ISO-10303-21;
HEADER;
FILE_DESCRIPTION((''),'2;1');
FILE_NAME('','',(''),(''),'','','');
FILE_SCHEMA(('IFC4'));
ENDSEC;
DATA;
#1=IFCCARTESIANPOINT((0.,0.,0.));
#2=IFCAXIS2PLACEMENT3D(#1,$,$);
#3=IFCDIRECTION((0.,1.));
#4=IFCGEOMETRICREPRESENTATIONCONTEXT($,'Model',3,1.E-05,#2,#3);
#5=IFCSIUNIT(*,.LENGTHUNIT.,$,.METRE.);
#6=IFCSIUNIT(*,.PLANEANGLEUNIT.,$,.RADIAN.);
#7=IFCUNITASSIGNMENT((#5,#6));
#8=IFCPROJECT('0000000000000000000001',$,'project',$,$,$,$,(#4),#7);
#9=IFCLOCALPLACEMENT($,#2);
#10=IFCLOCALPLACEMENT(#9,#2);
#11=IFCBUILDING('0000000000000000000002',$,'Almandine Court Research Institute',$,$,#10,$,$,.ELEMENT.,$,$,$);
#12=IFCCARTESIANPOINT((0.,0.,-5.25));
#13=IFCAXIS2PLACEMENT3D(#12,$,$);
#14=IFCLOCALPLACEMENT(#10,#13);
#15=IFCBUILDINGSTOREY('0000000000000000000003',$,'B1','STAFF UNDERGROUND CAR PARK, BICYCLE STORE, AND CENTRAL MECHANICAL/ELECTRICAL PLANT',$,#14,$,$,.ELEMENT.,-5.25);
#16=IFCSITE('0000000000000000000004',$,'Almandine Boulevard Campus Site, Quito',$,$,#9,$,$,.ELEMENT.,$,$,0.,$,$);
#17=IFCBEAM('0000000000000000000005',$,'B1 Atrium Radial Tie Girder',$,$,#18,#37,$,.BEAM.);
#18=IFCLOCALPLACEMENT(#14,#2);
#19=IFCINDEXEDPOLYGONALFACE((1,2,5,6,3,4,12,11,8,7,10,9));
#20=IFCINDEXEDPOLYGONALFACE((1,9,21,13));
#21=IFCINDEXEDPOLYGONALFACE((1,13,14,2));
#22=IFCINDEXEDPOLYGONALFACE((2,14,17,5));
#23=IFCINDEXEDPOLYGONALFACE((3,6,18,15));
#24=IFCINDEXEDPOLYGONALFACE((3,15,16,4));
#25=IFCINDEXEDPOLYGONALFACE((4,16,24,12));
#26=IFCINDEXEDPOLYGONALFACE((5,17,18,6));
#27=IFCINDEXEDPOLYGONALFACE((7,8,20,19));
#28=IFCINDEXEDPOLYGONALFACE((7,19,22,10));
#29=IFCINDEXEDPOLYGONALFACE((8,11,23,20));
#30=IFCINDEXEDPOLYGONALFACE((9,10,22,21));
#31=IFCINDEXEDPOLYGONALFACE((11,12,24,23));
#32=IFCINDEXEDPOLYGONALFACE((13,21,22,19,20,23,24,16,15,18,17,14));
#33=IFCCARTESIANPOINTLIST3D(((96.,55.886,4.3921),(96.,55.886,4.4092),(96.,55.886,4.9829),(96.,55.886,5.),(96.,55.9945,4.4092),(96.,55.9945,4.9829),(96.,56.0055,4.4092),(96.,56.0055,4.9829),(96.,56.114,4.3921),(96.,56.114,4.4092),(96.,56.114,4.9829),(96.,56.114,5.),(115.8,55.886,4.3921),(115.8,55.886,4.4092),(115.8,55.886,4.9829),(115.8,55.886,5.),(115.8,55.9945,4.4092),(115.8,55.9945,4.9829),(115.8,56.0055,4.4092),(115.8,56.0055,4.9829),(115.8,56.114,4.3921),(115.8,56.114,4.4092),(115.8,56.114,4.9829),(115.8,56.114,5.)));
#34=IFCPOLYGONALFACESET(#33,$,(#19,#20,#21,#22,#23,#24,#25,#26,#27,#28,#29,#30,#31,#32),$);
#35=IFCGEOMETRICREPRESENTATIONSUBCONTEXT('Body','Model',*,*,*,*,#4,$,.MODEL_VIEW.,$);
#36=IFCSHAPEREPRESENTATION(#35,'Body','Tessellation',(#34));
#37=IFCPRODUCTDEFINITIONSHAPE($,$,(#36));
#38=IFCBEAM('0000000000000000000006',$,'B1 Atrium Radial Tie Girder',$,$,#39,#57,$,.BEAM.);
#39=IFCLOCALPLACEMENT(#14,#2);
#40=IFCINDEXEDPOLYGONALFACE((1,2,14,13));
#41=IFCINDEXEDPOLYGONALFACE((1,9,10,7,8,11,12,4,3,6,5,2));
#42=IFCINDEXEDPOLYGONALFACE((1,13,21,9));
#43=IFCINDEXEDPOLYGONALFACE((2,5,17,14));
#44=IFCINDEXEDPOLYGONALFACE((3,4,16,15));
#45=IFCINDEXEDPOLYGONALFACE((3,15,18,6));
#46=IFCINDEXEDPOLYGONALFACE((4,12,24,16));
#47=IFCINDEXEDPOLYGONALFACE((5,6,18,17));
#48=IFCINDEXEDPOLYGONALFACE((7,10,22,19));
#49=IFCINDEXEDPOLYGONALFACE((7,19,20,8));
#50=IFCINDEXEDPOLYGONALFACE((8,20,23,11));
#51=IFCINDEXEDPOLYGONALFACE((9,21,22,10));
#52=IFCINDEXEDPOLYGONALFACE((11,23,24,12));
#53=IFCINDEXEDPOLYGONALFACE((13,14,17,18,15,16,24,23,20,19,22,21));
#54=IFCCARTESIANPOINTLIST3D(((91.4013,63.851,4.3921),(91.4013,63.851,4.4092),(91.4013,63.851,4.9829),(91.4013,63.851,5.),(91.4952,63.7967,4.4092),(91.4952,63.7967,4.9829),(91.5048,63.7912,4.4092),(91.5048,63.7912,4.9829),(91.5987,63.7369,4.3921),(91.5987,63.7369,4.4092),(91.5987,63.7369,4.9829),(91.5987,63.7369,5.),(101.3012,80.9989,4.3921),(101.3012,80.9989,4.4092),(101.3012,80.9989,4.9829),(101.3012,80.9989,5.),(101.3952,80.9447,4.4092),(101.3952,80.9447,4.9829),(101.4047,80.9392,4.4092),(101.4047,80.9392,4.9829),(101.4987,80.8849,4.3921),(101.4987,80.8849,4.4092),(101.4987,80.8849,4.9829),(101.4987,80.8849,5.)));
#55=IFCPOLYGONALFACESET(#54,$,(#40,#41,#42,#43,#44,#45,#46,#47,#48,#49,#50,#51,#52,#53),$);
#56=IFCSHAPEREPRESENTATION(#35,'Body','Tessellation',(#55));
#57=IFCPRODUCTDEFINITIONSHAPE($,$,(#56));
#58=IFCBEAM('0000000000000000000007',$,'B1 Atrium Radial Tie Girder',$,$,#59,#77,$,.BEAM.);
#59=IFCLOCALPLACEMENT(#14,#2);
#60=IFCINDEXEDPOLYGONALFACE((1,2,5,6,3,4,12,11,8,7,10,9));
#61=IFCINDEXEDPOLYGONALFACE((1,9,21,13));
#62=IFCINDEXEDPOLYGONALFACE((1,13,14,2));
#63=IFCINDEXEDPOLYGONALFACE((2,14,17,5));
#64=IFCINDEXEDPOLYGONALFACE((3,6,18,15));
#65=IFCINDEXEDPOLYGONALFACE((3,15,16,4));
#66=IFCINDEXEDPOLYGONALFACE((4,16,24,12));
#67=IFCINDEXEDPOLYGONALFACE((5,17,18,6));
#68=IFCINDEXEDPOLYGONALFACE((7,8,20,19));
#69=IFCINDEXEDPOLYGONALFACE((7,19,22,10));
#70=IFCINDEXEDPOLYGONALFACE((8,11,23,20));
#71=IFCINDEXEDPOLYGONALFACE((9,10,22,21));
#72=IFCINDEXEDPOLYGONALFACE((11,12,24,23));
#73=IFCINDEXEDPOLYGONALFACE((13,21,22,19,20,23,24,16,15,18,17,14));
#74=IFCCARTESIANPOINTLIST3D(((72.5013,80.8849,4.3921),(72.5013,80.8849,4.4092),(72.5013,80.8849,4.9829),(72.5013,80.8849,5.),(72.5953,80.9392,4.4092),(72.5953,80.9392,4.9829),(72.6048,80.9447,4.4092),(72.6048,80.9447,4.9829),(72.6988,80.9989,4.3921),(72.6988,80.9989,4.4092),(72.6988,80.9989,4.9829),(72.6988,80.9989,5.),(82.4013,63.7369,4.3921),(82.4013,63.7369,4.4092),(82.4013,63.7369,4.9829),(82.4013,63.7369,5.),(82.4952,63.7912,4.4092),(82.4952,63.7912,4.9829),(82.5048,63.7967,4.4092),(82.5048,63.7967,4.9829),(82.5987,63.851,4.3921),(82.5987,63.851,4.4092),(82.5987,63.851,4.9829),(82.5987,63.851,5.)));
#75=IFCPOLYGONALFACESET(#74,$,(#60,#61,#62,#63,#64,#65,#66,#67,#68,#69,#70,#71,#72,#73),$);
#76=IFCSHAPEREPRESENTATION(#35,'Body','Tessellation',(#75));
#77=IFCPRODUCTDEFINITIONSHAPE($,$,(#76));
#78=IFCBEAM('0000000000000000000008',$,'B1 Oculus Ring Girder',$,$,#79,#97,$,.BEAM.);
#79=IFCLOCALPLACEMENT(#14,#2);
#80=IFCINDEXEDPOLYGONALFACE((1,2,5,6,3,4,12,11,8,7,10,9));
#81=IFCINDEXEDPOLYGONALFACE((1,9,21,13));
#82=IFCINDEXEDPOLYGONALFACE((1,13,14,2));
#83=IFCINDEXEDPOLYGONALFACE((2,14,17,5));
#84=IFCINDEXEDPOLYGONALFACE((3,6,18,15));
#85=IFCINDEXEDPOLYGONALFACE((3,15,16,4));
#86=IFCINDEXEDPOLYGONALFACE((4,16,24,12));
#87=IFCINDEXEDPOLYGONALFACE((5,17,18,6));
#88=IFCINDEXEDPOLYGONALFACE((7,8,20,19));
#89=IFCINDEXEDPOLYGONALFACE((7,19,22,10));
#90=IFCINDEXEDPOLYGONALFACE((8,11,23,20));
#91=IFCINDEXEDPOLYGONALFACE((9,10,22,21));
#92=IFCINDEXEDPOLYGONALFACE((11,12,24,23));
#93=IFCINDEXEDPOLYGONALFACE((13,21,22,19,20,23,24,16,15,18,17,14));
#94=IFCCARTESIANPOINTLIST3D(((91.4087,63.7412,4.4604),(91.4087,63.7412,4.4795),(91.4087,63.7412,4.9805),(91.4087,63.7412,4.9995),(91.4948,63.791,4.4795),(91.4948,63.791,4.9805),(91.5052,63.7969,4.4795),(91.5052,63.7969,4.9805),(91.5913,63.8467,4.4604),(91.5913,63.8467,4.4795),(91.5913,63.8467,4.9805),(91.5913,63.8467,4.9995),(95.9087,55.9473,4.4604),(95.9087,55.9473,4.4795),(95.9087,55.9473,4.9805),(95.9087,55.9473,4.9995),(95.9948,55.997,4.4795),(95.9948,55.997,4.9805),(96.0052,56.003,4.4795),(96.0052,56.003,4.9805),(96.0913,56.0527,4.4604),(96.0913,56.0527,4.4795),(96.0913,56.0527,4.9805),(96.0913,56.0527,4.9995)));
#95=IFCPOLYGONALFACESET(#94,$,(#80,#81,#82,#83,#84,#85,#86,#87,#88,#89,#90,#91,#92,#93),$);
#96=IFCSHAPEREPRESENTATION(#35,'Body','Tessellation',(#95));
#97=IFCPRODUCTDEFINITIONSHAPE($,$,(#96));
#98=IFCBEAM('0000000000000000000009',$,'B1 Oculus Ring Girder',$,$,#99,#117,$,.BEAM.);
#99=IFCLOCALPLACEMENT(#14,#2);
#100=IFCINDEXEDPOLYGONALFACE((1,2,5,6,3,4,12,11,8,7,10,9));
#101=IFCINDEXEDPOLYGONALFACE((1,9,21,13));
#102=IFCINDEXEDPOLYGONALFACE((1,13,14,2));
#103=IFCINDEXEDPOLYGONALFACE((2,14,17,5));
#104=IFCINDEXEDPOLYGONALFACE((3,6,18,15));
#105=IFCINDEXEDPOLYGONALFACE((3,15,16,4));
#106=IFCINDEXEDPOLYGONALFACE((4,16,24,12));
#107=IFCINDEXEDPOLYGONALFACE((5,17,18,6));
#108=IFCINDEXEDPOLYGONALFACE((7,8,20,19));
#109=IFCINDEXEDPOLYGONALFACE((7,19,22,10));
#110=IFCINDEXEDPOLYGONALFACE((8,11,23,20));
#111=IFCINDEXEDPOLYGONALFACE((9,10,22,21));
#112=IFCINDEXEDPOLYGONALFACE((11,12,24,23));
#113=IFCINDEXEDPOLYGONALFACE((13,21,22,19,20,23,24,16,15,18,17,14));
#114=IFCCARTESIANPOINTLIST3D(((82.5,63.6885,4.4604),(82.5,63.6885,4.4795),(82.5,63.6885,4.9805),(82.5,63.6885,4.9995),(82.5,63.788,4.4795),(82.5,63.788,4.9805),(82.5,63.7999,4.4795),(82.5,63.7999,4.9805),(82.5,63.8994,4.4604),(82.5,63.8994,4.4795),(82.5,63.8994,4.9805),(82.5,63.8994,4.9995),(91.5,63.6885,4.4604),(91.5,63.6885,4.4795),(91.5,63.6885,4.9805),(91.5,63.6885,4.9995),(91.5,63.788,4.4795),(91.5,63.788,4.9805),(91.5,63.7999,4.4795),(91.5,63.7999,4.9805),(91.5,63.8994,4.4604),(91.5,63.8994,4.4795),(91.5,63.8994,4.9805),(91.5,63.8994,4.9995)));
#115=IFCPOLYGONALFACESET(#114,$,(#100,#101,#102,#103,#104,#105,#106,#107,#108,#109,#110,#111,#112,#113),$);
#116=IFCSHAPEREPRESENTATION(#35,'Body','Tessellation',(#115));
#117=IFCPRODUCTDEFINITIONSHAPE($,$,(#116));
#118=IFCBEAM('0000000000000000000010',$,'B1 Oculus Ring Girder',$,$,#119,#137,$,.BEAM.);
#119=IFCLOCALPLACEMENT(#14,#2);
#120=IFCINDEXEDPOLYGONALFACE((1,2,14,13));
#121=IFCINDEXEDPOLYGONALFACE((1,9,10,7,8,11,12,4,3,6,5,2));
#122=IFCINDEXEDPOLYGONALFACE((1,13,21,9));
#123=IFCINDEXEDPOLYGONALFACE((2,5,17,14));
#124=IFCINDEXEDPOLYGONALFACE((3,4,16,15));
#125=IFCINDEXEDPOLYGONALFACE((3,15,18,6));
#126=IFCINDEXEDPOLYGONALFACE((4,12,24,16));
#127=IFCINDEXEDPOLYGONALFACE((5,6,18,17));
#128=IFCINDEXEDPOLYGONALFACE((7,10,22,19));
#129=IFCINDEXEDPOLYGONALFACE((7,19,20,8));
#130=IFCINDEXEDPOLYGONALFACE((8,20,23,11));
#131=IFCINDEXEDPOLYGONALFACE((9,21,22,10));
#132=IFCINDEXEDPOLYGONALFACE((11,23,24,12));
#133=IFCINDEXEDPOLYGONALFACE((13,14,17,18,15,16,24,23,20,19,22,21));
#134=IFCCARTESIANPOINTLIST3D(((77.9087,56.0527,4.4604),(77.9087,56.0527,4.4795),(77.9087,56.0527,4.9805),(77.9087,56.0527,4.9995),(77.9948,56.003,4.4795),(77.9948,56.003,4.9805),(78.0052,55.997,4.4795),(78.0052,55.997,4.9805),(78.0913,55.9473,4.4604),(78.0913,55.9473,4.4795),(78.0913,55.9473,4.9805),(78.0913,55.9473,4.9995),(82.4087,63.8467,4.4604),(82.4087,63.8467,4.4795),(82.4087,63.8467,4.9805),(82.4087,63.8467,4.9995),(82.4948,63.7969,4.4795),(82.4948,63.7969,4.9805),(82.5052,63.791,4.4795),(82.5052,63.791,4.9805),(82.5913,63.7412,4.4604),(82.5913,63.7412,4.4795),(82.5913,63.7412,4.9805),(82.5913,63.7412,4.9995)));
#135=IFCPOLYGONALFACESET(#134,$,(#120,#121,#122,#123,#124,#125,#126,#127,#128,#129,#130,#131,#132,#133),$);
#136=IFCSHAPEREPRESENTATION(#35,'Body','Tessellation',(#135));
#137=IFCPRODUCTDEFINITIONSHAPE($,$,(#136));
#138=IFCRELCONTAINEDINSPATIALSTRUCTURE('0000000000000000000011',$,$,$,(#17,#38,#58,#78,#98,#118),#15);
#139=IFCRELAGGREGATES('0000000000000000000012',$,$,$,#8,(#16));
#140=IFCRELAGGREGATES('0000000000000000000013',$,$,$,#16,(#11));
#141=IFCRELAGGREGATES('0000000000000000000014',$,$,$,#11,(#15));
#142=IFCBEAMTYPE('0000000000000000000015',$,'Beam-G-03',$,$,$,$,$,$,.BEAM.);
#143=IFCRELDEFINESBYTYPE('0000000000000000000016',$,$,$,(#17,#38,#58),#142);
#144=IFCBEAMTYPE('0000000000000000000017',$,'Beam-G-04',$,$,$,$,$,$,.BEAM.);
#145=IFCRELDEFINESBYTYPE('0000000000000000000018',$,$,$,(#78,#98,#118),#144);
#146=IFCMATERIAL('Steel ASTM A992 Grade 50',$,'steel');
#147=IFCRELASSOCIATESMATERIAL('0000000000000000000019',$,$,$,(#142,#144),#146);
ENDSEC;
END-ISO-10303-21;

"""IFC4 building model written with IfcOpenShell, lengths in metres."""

from ifc_helpers import new_model, si_unit, direction, frame, origin, origin_2d, place, context, subcontext, project, spatial, i_section, extrude, material, material_profile, profile_set, type_object, element, save


model = new_model("IFC4")

# Units and contexts
model_context = context("Model", 3, precision=1e-05, world=origin(), true_north=direction((0.0, 1.0)))
body_context = subcontext(model_context, "Body", "Model", "MODEL_VIEW")
ifc_project = project(units=[si_unit("LENGTHUNIT", "METRE"), si_unit("PLANEANGLEUNIT", "RADIAN")], contexts=[model_context])

# Site, building, storey
site_placement = place(None, origin())
site = spatial("IfcSite", under=ifc_project, at=site_placement, Name="Almandine Boulevard Campus Site, Quito", CompositionType="ELEMENT", RefElevation=0.0)
building_placement = place(site_placement, origin())
building = spatial("IfcBuilding", under=site, at=building_placement, Name="Almandine Court Research Institute", CompositionType="ELEMENT")
storey_placement = place(building_placement, frame((0.0, 0.0, -5.25)))
storey = spatial("IfcBuildingStorey", under=building, at=storey_placement, Name="B1", Description="STAFF UNDERGROUND CAR PARK, BICYCLE STORE, AND CENTRAL MECHANICAL/ELECTRICAL PLANT", CompositionType="ELEMENT", Elevation=-5.25)

# Beams
ifc_material_1 = material(Name="Steel ASTM A992 Grade 50", Category="steel")
ifc_material_profile_1 = material_profile(ifc_material_1, i_section(OverallWidth=0.228, OverallDepth=0.6079, WebThickness=0.011, FlangeThickness=0.0171, at=origin_2d()), Name="W610x113")
ifc_profile_set_1 = profile_set([ifc_material_profile_1], Name="Steel ASTM A992 Grade 50")
beam_type_1 = type_object("IfcBeamType", Name="Beam-G-03", PredefinedType="BEAM", material=ifc_profile_set_1)
beam_1_placement = place(storey_placement, frame((96.0, 56.0, 4.696), z_axis=(1.0, 0.0, 0.0), x_axis=(0.0, 1.0, 0.0)))
element("IfcBeam", 1, at=beam_1_placement, inside=storey, type_object=beam_type_1, Name="B1 Atrium Radial Tie Girder", PredefinedType="BEAM", context=body_context, shape_type="SweptSolid", body=[
    extrude(i_section(OverallWidth=0.228, OverallDepth=0.6079, WebThickness=0.011, FlangeThickness=0.0171, at=origin_2d()), origin(), (0.0, 0.0, 1.0), 19.8),
])
for number, where, z_axis, x_axis, name in (
    (2, (91.5, 63.7939, 4.696), (0.499982, 0.866036, 0.0), (-0.866036, 0.499982, 0.0), "B1 Atrium Radial Tie Girder"),
    (3, (82.5, 63.7939, 4.696), (-0.499982, 0.866036, 0.0), (-0.866036, -0.499982, 0.0), "B1 Atrium Radial Tie Girder"),
):
    element("IfcBeam", number, at=place(storey_placement, frame(where, z_axis=z_axis, x_axis=x_axis)), inside=storey, type_object=beam_type_1, Name=name, PredefinedType="BEAM", context=body_context, shape_type="SweptSolid", body=[
        extrude(i_section(OverallWidth=0.228, OverallDepth=0.6079, WebThickness=0.011, FlangeThickness=0.0171, at=origin_2d()), origin(), (0.0, 0.0, 1.0), 19.8005),
    ])
ifc_material_profile_2 = material_profile(ifc_material_1, i_section(OverallWidth=0.2109, OverallDepth=0.5391, WebThickness=0.012, FlangeThickness=0.019, at=origin_2d()), Name="W530x109")
ifc_profile_set_2 = profile_set([ifc_material_profile_2], Name="Steel ASTM A992 Grade 50")
beam_type_2 = type_object("IfcBeamType", Name="Beam-G-04", PredefinedType="BEAM", material=ifc_profile_set_2)
beam_2_placement = place(storey_placement, frame((96.0, 56.0, 4.73), z_axis=(-0.500014, 0.866018, 0.0), x_axis=(-0.866018, -0.500014, 0.0)))
element("IfcBeam", 4, at=beam_2_placement, inside=storey, type_object=beam_type_2, Name="B1 Oculus Ring Girder", PredefinedType="BEAM", context=body_context, shape_type="SweptSolid", body=[
    extrude(i_section(OverallWidth=0.2109, OverallDepth=0.5391, WebThickness=0.012, FlangeThickness=0.019, at=origin_2d()), origin(), (0.0, 0.0, 1.0), 8.9998),
])
beam_3_placement = place(storey_placement, frame((91.5, 63.7939, 4.73), z_axis=(-1.0, 0.0, 0.0), x_axis=(0.0, -1.0, 0.0)))
element("IfcBeam", 5, at=beam_3_placement, inside=storey, type_object=beam_type_2, Name="B1 Oculus Ring Girder", PredefinedType="BEAM", context=body_context, shape_type="SweptSolid", body=[
    extrude(i_section(OverallWidth=0.2109, OverallDepth=0.5391, WebThickness=0.012, FlangeThickness=0.019, at=origin_2d()), origin(), (0.0, 0.0, 1.0), 9.0),
])
beam_4_placement = place(storey_placement, frame((82.5, 63.7939, 4.73), z_axis=(-0.500014, -0.866018, 0.0), x_axis=(0.866018, -0.500014, 0.0)))
element("IfcBeam", 6, at=beam_4_placement, inside=storey, type_object=beam_type_2, Name="B1 Oculus Ring Girder", PredefinedType="BEAM", context=body_context, shape_type="SweptSolid", body=[
    extrude(i_section(OverallWidth=0.2109, OverallDepth=0.5391, WebThickness=0.012, FlangeThickness=0.019, at=origin_2d()), origin(), (0.0, 0.0, 1.0), 8.9998),
])

save(model, "model.ifc")
